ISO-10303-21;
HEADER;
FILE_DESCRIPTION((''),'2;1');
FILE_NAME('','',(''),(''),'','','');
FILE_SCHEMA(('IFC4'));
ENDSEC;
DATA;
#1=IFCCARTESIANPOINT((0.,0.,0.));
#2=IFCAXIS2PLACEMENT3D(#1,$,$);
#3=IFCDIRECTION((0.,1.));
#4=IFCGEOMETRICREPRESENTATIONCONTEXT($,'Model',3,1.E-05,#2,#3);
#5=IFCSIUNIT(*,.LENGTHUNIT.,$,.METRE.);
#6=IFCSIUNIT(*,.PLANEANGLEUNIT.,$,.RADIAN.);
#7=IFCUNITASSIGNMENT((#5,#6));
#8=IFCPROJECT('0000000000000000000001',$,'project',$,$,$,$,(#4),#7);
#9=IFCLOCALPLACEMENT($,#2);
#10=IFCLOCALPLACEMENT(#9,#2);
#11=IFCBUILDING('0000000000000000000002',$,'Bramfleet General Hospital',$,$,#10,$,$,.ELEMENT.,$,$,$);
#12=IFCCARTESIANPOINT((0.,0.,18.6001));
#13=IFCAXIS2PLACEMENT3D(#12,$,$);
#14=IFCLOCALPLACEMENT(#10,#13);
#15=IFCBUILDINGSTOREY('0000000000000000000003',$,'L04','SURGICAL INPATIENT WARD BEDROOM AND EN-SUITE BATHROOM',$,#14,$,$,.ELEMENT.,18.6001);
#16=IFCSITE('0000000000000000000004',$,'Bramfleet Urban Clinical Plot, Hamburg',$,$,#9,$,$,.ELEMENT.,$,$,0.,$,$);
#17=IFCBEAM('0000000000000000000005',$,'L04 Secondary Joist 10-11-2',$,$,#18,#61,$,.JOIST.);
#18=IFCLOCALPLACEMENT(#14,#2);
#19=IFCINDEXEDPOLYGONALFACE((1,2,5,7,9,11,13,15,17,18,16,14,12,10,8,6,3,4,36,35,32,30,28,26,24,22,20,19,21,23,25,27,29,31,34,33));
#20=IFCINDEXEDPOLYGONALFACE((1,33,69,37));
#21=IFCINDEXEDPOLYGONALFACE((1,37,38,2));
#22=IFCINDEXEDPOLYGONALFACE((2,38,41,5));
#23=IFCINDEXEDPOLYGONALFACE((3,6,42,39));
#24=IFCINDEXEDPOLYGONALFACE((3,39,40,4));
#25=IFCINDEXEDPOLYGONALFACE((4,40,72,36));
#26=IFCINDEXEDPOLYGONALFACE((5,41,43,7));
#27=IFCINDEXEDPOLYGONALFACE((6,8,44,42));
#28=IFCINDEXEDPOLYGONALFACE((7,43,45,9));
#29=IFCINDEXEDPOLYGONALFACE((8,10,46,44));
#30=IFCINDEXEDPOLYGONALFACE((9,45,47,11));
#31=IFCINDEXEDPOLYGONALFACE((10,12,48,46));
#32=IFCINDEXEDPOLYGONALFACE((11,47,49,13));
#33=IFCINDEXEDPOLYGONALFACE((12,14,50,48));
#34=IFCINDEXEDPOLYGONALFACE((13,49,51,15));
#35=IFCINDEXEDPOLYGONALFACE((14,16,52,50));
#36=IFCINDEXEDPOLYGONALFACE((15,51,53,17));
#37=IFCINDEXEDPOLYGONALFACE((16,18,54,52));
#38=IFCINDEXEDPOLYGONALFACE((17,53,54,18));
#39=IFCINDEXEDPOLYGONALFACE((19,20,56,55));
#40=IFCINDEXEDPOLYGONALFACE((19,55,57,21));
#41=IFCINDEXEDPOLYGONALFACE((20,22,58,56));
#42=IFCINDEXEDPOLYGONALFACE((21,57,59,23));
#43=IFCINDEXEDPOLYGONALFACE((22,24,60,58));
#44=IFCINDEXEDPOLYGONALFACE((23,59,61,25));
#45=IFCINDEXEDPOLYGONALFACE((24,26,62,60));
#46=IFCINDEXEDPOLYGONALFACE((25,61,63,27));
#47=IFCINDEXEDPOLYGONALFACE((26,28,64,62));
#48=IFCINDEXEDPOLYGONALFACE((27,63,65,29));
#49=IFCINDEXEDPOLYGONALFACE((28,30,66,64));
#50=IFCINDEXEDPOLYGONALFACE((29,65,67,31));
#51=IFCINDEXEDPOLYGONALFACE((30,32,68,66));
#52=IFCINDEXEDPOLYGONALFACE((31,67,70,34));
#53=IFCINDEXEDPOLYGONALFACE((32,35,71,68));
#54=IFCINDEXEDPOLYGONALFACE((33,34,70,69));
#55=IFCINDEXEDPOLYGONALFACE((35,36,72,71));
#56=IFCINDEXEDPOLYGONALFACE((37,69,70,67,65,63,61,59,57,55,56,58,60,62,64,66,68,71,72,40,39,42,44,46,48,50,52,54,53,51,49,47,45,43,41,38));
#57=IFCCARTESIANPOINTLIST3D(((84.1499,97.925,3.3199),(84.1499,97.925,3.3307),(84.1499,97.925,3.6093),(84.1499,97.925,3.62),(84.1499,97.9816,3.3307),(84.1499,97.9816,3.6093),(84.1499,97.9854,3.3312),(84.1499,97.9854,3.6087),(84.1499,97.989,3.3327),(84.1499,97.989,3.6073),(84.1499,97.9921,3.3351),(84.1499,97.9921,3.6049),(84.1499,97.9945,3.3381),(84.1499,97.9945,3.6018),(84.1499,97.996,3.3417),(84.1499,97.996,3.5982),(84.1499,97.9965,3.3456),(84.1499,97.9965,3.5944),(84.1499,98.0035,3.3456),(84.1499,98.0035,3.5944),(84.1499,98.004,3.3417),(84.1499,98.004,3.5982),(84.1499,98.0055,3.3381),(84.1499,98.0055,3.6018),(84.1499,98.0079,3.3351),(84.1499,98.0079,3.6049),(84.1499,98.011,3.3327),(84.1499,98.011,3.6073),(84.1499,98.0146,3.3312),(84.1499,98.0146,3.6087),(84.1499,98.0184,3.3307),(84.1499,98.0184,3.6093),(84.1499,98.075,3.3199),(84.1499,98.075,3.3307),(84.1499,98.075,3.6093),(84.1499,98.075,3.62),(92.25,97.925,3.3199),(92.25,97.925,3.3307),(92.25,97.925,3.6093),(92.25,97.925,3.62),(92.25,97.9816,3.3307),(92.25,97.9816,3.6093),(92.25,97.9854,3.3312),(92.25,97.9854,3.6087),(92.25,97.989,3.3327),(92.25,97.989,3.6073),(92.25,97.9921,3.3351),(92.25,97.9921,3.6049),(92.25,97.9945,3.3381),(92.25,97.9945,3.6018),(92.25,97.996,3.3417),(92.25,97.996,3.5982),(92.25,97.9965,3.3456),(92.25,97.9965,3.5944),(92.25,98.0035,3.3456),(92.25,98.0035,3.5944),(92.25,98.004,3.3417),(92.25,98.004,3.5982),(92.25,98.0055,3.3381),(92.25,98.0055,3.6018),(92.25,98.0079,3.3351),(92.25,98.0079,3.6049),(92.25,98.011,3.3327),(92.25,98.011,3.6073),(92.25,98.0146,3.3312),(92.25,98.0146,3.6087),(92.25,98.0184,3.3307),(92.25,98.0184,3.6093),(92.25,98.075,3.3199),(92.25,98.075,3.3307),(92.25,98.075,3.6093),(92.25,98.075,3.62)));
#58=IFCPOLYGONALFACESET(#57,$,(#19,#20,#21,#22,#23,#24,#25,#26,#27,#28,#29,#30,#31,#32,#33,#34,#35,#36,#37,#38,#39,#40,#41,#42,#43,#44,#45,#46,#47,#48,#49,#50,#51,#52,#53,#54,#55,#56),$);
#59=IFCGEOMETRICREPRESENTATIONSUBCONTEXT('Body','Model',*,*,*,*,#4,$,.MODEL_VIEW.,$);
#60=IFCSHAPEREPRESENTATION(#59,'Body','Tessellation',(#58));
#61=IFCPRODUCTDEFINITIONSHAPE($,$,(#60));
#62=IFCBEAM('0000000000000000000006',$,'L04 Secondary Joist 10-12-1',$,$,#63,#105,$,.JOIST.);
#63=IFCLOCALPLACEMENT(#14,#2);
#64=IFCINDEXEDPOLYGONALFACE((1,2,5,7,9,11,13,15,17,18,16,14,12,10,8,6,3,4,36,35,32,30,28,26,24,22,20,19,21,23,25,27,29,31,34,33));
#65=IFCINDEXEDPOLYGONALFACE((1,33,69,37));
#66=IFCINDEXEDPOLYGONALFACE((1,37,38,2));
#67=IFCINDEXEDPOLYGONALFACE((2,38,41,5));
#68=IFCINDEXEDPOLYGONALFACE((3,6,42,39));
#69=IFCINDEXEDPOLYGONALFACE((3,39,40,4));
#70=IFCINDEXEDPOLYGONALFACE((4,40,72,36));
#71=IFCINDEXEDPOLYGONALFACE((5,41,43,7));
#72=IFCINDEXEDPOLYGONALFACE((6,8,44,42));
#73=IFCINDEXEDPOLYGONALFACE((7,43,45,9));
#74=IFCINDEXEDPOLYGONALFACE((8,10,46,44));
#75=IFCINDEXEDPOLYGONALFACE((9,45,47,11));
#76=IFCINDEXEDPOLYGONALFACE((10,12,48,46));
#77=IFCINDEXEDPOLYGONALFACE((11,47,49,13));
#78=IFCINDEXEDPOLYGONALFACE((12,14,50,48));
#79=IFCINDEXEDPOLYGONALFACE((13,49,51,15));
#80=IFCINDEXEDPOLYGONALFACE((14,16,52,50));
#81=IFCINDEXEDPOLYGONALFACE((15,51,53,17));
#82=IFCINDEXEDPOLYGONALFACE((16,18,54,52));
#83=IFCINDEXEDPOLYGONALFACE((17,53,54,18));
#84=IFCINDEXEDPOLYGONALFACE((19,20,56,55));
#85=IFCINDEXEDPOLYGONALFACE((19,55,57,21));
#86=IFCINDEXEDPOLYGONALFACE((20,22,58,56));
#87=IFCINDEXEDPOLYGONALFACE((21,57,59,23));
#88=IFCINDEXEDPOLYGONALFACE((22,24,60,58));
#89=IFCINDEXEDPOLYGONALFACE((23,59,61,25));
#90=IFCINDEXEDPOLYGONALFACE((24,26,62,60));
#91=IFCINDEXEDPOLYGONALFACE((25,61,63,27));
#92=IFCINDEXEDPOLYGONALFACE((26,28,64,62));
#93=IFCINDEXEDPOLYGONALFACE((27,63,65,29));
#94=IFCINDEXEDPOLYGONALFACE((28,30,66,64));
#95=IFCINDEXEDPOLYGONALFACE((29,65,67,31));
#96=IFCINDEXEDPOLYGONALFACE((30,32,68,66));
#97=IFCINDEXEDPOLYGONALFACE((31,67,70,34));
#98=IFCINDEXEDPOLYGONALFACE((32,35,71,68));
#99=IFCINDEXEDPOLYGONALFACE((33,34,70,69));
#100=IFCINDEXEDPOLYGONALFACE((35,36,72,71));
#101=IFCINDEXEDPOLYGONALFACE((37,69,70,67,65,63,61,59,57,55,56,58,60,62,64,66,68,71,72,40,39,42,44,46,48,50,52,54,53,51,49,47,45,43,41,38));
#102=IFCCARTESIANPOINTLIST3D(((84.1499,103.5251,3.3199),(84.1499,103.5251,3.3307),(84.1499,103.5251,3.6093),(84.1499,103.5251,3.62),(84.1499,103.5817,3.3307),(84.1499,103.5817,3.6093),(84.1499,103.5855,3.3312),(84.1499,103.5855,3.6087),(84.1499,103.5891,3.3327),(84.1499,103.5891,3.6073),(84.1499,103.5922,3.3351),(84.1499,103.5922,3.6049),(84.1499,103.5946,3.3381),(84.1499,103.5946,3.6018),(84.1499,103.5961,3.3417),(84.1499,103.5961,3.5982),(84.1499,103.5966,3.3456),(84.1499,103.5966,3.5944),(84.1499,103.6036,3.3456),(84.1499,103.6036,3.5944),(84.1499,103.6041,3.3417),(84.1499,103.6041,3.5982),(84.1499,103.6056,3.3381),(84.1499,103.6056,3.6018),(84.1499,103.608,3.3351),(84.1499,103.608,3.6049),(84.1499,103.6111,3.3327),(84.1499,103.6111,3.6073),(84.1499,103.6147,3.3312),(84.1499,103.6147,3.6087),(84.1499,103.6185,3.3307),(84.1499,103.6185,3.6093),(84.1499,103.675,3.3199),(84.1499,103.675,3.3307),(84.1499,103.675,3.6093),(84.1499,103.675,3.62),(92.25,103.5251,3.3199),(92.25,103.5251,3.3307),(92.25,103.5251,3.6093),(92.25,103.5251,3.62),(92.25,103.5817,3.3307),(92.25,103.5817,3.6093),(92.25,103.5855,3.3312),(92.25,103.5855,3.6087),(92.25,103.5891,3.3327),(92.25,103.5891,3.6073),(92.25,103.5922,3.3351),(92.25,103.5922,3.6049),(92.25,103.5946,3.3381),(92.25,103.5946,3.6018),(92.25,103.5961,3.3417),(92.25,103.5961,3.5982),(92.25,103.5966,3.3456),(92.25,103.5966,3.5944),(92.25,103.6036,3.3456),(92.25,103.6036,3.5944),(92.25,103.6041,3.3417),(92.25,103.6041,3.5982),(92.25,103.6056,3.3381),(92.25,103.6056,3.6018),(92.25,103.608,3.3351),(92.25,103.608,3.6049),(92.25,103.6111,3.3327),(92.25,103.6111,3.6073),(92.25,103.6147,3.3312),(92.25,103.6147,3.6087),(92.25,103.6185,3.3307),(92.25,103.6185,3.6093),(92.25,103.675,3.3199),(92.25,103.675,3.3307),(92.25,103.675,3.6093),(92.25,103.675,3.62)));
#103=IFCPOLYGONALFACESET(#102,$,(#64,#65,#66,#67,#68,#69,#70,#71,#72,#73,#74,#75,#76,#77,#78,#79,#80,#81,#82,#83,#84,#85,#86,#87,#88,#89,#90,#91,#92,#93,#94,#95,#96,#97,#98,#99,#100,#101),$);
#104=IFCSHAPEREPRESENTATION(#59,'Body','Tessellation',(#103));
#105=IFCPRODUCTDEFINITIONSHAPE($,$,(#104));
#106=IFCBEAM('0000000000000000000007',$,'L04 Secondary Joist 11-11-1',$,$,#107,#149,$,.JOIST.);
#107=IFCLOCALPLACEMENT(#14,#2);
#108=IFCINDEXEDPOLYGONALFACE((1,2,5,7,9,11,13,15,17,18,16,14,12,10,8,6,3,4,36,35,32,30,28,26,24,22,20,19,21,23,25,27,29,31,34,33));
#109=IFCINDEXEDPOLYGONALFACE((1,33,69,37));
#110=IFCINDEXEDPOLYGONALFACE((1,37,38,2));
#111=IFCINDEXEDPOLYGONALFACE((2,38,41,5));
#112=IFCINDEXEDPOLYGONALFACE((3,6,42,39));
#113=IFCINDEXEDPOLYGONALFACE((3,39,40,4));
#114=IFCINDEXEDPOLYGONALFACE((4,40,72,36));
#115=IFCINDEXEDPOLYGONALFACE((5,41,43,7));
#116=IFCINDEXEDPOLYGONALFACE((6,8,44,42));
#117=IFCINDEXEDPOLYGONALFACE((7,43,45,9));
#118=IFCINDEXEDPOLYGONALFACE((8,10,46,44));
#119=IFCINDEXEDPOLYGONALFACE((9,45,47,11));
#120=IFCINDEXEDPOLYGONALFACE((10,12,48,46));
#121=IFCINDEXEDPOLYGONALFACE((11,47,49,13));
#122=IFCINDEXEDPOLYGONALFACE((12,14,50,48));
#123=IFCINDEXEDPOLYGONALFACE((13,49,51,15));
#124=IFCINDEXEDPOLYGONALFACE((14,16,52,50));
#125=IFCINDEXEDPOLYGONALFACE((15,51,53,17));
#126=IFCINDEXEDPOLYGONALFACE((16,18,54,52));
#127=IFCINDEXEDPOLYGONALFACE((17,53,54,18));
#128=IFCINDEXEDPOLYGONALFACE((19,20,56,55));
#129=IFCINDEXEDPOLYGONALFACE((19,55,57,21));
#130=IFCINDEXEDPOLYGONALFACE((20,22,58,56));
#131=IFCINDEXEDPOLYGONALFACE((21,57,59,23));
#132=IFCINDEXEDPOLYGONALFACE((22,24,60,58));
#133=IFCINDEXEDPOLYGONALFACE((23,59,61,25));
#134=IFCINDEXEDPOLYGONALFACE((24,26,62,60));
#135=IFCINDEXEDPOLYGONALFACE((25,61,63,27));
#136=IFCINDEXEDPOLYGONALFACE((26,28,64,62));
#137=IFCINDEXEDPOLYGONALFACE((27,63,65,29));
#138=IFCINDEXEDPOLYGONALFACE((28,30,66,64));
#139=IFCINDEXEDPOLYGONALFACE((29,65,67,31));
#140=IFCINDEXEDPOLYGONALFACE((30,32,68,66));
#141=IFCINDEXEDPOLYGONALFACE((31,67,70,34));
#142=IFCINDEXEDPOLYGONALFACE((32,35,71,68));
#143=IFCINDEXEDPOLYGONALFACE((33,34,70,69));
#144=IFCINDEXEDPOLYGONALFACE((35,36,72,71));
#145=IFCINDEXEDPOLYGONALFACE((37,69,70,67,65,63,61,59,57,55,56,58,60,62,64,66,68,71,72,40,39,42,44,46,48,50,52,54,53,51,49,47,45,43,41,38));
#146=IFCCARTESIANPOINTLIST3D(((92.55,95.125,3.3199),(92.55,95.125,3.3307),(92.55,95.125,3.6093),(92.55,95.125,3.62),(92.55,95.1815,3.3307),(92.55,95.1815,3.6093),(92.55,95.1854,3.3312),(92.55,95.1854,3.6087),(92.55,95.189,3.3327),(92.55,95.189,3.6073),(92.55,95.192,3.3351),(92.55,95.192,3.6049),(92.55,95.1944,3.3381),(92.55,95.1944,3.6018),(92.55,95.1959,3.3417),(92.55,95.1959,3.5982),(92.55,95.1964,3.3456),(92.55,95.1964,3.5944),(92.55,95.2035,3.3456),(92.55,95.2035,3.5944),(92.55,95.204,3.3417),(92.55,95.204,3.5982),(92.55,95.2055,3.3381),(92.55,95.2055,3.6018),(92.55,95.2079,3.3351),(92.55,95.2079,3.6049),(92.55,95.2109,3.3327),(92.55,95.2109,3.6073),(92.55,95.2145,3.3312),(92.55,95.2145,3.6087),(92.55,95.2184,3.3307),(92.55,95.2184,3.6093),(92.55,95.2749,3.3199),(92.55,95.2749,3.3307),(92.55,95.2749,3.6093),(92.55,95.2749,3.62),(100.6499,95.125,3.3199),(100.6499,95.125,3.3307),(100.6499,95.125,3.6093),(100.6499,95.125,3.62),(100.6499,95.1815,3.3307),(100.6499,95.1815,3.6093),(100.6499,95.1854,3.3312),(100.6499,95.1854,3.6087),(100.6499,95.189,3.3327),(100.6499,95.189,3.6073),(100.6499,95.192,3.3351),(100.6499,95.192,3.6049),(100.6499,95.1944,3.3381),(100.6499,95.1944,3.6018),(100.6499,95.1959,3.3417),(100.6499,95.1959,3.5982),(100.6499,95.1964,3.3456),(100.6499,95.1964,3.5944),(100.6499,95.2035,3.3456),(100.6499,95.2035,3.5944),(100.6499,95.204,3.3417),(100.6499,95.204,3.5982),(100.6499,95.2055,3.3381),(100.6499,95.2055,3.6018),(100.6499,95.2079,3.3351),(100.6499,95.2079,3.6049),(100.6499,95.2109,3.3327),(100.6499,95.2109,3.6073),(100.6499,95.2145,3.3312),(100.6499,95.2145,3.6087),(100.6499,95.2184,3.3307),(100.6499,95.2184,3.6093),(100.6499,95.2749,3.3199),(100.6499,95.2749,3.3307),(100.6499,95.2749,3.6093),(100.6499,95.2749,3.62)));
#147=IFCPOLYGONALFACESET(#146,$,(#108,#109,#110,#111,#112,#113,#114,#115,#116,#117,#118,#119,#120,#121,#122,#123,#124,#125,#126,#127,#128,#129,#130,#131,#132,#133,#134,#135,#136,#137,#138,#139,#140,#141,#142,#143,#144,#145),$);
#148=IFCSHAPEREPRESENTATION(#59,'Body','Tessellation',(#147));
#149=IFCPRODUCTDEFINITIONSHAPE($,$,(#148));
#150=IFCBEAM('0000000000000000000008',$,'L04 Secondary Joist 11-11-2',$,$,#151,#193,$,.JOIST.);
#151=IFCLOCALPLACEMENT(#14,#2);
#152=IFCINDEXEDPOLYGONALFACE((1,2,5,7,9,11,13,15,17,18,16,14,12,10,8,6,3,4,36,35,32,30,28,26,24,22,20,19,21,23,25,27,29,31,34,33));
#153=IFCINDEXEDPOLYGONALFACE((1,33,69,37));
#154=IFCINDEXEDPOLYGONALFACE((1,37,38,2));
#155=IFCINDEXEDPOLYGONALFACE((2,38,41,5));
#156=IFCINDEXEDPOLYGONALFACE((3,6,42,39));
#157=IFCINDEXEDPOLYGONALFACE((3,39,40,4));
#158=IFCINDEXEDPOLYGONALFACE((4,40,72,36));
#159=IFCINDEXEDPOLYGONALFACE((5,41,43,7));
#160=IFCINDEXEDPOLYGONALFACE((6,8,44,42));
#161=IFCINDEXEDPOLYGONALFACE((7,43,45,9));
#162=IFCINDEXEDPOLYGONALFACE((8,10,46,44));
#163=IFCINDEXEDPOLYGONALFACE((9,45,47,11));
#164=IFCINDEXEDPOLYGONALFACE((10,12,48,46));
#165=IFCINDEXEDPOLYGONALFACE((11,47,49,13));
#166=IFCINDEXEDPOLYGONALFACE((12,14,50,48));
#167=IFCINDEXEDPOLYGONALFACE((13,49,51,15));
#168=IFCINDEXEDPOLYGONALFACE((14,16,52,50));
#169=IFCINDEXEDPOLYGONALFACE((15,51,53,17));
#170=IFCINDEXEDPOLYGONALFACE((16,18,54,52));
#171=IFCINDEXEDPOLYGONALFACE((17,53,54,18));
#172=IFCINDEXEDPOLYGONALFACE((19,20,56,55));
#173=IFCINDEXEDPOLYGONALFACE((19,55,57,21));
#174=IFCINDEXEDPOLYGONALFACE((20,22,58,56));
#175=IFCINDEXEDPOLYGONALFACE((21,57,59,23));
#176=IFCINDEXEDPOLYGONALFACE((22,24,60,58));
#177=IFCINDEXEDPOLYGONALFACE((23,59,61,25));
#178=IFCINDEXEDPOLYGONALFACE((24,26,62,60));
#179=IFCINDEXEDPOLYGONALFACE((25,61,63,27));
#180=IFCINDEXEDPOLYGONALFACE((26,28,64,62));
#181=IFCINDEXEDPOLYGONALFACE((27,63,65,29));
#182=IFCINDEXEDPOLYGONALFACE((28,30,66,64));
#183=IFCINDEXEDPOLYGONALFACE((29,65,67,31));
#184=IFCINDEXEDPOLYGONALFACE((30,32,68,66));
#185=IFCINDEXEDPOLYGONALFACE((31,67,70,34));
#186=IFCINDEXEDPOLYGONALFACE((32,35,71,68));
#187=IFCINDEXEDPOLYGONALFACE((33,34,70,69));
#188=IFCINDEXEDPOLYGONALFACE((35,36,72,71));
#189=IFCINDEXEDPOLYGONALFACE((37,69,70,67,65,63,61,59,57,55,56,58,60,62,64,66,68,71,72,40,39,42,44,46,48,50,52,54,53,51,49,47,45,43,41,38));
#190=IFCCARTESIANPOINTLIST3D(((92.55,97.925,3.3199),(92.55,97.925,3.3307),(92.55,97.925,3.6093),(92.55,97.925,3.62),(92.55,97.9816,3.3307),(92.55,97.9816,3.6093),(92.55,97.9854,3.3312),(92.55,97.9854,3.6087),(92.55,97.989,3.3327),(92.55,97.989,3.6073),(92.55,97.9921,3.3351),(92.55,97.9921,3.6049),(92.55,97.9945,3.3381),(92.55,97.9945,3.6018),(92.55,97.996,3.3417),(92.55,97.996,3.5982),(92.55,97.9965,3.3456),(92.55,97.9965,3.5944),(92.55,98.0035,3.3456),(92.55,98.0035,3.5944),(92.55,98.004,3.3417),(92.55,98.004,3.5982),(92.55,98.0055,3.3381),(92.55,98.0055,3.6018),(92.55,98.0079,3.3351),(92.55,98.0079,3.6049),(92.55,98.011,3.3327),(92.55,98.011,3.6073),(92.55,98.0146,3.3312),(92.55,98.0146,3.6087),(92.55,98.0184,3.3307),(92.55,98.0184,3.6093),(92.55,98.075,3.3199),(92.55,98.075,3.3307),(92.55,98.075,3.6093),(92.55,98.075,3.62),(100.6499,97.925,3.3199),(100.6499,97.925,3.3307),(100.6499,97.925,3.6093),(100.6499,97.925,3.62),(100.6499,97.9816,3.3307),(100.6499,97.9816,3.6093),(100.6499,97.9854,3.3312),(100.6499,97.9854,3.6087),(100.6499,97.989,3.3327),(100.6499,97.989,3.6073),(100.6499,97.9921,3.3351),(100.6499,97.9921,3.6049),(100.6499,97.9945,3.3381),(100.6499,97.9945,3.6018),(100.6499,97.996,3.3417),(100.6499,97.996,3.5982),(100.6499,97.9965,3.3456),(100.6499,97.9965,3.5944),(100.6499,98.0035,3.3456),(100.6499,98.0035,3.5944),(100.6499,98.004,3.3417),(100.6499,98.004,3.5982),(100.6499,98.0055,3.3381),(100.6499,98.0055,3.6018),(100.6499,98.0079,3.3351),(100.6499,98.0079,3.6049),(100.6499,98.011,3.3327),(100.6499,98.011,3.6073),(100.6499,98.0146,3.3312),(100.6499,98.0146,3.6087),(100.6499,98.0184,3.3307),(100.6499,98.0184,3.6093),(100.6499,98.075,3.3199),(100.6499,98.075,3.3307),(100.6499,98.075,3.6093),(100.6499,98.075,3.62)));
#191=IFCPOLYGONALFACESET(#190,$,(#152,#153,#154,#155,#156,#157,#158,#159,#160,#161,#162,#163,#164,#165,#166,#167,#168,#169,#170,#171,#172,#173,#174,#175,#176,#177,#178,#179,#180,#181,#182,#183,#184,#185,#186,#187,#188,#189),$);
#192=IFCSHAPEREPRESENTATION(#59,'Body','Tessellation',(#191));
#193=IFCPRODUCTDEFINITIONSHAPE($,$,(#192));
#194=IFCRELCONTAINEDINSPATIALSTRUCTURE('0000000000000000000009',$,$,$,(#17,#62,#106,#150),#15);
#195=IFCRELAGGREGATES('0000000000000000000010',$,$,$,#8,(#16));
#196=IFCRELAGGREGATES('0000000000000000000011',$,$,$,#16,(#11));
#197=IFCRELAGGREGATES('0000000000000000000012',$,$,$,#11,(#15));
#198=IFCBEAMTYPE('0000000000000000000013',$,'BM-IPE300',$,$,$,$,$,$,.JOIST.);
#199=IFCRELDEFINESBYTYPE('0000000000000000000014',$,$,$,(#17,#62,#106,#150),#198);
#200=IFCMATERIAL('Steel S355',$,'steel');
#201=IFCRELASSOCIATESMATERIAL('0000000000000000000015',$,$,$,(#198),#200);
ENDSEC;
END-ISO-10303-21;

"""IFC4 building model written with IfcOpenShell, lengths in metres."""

from ifc_helpers import new_model, si_unit, direction, frame, origin, origin_2d, place, context, subcontext, project, spatial, i_section, extrude, material, material_profile, profile_set, type_object, element, save


model = new_model("IFC4")

# Units and contexts
model_context = context("Model", 3, precision=1e-05, world=origin(), true_north=direction((0.0, 1.0)))
body_context = subcontext(model_context, "Body", "Model", "MODEL_VIEW")
ifc_project = project(units=[si_unit("LENGTHUNIT", "METRE"), si_unit("PLANEANGLEUNIT", "RADIAN")], contexts=[model_context])

# Site, building, storey
site_placement = place(None, origin())
site = spatial("IfcSite", under=ifc_project, at=site_placement, Name="Bramfleet Urban Clinical Plot, Hamburg", CompositionType="ELEMENT", RefElevation=0.0)
building_placement = place(site_placement, origin())
building = spatial("IfcBuilding", under=site, at=building_placement, Name="Bramfleet General Hospital", CompositionType="ELEMENT")
storey_placement = place(building_placement, frame((0.0, 0.0, 18.6001)))
storey = spatial("IfcBuildingStorey", under=building, at=storey_placement, Name="L04", Description="SURGICAL INPATIENT WARD BEDROOM AND EN-SUITE BATHROOM", CompositionType="ELEMENT", Elevation=18.6001)

# Beams
ifc_material_1 = material(Name="Steel S355", Category="steel")
ifc_material_profile_1 = material_profile(ifc_material_1, i_section(OverallWidth=0.1499, OverallDepth=0.3, WebThickness=0.0071, FlangeThickness=0.0107, FilletRadius=0.0149, at=origin_2d()), Name="IPE 300")
ifc_profile_set_1 = profile_set([ifc_material_profile_1], Name="Steel S355")
beam_type_1 = type_object("IfcBeamType", Name="BM-IPE300", PredefinedType="JOIST", material=ifc_profile_set_1)
for number, where, z_axis, x_axis, name in (
    (1, (84.1499, 98.0, 3.47), (1.0, 0.0, 0.0), (0.0, 1.0, 0.0), "L04 Secondary Joist 10-11-2"),
    (2, (84.1499, 103.6001, 3.47), (1.0, 0.0, 0.0), (0.0, 1.0, 0.0), "L04 Secondary Joist 10-12-1"),
):
    element("IfcBeam", number, at=place(storey_placement, frame(where, z_axis=z_axis, x_axis=x_axis)), inside=storey, type_object=beam_type_1, Name=name, PredefinedType="JOIST", context=body_context, shape_type="SweptSolid", body=[
        extrude(i_section(OverallWidth=0.1499, OverallDepth=0.3, WebThickness=0.0071, FlangeThickness=0.0107, FilletRadius=0.0149, at=origin_2d()), origin(), (0.0, 0.0, 1.0), 8.1001),
    ])
for number, where, z_axis, x_axis, name in (
    (3, (92.55, 95.2, 3.47), (1.0, 0.0, 0.0), (0.0, 1.0, 0.0), "L04 Secondary Joist 11-11-1"),
    (4, (92.55, 98.0, 3.47), (1.0, 0.0, 0.0), (0.0, 1.0, 0.0), "L04 Secondary Joist 11-11-2"),
):
    element("IfcBeam", number, at=place(storey_placement, frame(where, z_axis=z_axis, x_axis=x_axis)), inside=storey, type_object=beam_type_1, Name=name, PredefinedType="JOIST", context=body_context, shape_type="SweptSolid", body=[
        extrude(i_section(OverallWidth=0.1499, OverallDepth=0.3, WebThickness=0.0071, FlangeThickness=0.0107, FilletRadius=0.0149, at=origin_2d()), origin(), (0.0, 0.0, 1.0), 8.0999),
    ])

save(model, "model.ifc")
